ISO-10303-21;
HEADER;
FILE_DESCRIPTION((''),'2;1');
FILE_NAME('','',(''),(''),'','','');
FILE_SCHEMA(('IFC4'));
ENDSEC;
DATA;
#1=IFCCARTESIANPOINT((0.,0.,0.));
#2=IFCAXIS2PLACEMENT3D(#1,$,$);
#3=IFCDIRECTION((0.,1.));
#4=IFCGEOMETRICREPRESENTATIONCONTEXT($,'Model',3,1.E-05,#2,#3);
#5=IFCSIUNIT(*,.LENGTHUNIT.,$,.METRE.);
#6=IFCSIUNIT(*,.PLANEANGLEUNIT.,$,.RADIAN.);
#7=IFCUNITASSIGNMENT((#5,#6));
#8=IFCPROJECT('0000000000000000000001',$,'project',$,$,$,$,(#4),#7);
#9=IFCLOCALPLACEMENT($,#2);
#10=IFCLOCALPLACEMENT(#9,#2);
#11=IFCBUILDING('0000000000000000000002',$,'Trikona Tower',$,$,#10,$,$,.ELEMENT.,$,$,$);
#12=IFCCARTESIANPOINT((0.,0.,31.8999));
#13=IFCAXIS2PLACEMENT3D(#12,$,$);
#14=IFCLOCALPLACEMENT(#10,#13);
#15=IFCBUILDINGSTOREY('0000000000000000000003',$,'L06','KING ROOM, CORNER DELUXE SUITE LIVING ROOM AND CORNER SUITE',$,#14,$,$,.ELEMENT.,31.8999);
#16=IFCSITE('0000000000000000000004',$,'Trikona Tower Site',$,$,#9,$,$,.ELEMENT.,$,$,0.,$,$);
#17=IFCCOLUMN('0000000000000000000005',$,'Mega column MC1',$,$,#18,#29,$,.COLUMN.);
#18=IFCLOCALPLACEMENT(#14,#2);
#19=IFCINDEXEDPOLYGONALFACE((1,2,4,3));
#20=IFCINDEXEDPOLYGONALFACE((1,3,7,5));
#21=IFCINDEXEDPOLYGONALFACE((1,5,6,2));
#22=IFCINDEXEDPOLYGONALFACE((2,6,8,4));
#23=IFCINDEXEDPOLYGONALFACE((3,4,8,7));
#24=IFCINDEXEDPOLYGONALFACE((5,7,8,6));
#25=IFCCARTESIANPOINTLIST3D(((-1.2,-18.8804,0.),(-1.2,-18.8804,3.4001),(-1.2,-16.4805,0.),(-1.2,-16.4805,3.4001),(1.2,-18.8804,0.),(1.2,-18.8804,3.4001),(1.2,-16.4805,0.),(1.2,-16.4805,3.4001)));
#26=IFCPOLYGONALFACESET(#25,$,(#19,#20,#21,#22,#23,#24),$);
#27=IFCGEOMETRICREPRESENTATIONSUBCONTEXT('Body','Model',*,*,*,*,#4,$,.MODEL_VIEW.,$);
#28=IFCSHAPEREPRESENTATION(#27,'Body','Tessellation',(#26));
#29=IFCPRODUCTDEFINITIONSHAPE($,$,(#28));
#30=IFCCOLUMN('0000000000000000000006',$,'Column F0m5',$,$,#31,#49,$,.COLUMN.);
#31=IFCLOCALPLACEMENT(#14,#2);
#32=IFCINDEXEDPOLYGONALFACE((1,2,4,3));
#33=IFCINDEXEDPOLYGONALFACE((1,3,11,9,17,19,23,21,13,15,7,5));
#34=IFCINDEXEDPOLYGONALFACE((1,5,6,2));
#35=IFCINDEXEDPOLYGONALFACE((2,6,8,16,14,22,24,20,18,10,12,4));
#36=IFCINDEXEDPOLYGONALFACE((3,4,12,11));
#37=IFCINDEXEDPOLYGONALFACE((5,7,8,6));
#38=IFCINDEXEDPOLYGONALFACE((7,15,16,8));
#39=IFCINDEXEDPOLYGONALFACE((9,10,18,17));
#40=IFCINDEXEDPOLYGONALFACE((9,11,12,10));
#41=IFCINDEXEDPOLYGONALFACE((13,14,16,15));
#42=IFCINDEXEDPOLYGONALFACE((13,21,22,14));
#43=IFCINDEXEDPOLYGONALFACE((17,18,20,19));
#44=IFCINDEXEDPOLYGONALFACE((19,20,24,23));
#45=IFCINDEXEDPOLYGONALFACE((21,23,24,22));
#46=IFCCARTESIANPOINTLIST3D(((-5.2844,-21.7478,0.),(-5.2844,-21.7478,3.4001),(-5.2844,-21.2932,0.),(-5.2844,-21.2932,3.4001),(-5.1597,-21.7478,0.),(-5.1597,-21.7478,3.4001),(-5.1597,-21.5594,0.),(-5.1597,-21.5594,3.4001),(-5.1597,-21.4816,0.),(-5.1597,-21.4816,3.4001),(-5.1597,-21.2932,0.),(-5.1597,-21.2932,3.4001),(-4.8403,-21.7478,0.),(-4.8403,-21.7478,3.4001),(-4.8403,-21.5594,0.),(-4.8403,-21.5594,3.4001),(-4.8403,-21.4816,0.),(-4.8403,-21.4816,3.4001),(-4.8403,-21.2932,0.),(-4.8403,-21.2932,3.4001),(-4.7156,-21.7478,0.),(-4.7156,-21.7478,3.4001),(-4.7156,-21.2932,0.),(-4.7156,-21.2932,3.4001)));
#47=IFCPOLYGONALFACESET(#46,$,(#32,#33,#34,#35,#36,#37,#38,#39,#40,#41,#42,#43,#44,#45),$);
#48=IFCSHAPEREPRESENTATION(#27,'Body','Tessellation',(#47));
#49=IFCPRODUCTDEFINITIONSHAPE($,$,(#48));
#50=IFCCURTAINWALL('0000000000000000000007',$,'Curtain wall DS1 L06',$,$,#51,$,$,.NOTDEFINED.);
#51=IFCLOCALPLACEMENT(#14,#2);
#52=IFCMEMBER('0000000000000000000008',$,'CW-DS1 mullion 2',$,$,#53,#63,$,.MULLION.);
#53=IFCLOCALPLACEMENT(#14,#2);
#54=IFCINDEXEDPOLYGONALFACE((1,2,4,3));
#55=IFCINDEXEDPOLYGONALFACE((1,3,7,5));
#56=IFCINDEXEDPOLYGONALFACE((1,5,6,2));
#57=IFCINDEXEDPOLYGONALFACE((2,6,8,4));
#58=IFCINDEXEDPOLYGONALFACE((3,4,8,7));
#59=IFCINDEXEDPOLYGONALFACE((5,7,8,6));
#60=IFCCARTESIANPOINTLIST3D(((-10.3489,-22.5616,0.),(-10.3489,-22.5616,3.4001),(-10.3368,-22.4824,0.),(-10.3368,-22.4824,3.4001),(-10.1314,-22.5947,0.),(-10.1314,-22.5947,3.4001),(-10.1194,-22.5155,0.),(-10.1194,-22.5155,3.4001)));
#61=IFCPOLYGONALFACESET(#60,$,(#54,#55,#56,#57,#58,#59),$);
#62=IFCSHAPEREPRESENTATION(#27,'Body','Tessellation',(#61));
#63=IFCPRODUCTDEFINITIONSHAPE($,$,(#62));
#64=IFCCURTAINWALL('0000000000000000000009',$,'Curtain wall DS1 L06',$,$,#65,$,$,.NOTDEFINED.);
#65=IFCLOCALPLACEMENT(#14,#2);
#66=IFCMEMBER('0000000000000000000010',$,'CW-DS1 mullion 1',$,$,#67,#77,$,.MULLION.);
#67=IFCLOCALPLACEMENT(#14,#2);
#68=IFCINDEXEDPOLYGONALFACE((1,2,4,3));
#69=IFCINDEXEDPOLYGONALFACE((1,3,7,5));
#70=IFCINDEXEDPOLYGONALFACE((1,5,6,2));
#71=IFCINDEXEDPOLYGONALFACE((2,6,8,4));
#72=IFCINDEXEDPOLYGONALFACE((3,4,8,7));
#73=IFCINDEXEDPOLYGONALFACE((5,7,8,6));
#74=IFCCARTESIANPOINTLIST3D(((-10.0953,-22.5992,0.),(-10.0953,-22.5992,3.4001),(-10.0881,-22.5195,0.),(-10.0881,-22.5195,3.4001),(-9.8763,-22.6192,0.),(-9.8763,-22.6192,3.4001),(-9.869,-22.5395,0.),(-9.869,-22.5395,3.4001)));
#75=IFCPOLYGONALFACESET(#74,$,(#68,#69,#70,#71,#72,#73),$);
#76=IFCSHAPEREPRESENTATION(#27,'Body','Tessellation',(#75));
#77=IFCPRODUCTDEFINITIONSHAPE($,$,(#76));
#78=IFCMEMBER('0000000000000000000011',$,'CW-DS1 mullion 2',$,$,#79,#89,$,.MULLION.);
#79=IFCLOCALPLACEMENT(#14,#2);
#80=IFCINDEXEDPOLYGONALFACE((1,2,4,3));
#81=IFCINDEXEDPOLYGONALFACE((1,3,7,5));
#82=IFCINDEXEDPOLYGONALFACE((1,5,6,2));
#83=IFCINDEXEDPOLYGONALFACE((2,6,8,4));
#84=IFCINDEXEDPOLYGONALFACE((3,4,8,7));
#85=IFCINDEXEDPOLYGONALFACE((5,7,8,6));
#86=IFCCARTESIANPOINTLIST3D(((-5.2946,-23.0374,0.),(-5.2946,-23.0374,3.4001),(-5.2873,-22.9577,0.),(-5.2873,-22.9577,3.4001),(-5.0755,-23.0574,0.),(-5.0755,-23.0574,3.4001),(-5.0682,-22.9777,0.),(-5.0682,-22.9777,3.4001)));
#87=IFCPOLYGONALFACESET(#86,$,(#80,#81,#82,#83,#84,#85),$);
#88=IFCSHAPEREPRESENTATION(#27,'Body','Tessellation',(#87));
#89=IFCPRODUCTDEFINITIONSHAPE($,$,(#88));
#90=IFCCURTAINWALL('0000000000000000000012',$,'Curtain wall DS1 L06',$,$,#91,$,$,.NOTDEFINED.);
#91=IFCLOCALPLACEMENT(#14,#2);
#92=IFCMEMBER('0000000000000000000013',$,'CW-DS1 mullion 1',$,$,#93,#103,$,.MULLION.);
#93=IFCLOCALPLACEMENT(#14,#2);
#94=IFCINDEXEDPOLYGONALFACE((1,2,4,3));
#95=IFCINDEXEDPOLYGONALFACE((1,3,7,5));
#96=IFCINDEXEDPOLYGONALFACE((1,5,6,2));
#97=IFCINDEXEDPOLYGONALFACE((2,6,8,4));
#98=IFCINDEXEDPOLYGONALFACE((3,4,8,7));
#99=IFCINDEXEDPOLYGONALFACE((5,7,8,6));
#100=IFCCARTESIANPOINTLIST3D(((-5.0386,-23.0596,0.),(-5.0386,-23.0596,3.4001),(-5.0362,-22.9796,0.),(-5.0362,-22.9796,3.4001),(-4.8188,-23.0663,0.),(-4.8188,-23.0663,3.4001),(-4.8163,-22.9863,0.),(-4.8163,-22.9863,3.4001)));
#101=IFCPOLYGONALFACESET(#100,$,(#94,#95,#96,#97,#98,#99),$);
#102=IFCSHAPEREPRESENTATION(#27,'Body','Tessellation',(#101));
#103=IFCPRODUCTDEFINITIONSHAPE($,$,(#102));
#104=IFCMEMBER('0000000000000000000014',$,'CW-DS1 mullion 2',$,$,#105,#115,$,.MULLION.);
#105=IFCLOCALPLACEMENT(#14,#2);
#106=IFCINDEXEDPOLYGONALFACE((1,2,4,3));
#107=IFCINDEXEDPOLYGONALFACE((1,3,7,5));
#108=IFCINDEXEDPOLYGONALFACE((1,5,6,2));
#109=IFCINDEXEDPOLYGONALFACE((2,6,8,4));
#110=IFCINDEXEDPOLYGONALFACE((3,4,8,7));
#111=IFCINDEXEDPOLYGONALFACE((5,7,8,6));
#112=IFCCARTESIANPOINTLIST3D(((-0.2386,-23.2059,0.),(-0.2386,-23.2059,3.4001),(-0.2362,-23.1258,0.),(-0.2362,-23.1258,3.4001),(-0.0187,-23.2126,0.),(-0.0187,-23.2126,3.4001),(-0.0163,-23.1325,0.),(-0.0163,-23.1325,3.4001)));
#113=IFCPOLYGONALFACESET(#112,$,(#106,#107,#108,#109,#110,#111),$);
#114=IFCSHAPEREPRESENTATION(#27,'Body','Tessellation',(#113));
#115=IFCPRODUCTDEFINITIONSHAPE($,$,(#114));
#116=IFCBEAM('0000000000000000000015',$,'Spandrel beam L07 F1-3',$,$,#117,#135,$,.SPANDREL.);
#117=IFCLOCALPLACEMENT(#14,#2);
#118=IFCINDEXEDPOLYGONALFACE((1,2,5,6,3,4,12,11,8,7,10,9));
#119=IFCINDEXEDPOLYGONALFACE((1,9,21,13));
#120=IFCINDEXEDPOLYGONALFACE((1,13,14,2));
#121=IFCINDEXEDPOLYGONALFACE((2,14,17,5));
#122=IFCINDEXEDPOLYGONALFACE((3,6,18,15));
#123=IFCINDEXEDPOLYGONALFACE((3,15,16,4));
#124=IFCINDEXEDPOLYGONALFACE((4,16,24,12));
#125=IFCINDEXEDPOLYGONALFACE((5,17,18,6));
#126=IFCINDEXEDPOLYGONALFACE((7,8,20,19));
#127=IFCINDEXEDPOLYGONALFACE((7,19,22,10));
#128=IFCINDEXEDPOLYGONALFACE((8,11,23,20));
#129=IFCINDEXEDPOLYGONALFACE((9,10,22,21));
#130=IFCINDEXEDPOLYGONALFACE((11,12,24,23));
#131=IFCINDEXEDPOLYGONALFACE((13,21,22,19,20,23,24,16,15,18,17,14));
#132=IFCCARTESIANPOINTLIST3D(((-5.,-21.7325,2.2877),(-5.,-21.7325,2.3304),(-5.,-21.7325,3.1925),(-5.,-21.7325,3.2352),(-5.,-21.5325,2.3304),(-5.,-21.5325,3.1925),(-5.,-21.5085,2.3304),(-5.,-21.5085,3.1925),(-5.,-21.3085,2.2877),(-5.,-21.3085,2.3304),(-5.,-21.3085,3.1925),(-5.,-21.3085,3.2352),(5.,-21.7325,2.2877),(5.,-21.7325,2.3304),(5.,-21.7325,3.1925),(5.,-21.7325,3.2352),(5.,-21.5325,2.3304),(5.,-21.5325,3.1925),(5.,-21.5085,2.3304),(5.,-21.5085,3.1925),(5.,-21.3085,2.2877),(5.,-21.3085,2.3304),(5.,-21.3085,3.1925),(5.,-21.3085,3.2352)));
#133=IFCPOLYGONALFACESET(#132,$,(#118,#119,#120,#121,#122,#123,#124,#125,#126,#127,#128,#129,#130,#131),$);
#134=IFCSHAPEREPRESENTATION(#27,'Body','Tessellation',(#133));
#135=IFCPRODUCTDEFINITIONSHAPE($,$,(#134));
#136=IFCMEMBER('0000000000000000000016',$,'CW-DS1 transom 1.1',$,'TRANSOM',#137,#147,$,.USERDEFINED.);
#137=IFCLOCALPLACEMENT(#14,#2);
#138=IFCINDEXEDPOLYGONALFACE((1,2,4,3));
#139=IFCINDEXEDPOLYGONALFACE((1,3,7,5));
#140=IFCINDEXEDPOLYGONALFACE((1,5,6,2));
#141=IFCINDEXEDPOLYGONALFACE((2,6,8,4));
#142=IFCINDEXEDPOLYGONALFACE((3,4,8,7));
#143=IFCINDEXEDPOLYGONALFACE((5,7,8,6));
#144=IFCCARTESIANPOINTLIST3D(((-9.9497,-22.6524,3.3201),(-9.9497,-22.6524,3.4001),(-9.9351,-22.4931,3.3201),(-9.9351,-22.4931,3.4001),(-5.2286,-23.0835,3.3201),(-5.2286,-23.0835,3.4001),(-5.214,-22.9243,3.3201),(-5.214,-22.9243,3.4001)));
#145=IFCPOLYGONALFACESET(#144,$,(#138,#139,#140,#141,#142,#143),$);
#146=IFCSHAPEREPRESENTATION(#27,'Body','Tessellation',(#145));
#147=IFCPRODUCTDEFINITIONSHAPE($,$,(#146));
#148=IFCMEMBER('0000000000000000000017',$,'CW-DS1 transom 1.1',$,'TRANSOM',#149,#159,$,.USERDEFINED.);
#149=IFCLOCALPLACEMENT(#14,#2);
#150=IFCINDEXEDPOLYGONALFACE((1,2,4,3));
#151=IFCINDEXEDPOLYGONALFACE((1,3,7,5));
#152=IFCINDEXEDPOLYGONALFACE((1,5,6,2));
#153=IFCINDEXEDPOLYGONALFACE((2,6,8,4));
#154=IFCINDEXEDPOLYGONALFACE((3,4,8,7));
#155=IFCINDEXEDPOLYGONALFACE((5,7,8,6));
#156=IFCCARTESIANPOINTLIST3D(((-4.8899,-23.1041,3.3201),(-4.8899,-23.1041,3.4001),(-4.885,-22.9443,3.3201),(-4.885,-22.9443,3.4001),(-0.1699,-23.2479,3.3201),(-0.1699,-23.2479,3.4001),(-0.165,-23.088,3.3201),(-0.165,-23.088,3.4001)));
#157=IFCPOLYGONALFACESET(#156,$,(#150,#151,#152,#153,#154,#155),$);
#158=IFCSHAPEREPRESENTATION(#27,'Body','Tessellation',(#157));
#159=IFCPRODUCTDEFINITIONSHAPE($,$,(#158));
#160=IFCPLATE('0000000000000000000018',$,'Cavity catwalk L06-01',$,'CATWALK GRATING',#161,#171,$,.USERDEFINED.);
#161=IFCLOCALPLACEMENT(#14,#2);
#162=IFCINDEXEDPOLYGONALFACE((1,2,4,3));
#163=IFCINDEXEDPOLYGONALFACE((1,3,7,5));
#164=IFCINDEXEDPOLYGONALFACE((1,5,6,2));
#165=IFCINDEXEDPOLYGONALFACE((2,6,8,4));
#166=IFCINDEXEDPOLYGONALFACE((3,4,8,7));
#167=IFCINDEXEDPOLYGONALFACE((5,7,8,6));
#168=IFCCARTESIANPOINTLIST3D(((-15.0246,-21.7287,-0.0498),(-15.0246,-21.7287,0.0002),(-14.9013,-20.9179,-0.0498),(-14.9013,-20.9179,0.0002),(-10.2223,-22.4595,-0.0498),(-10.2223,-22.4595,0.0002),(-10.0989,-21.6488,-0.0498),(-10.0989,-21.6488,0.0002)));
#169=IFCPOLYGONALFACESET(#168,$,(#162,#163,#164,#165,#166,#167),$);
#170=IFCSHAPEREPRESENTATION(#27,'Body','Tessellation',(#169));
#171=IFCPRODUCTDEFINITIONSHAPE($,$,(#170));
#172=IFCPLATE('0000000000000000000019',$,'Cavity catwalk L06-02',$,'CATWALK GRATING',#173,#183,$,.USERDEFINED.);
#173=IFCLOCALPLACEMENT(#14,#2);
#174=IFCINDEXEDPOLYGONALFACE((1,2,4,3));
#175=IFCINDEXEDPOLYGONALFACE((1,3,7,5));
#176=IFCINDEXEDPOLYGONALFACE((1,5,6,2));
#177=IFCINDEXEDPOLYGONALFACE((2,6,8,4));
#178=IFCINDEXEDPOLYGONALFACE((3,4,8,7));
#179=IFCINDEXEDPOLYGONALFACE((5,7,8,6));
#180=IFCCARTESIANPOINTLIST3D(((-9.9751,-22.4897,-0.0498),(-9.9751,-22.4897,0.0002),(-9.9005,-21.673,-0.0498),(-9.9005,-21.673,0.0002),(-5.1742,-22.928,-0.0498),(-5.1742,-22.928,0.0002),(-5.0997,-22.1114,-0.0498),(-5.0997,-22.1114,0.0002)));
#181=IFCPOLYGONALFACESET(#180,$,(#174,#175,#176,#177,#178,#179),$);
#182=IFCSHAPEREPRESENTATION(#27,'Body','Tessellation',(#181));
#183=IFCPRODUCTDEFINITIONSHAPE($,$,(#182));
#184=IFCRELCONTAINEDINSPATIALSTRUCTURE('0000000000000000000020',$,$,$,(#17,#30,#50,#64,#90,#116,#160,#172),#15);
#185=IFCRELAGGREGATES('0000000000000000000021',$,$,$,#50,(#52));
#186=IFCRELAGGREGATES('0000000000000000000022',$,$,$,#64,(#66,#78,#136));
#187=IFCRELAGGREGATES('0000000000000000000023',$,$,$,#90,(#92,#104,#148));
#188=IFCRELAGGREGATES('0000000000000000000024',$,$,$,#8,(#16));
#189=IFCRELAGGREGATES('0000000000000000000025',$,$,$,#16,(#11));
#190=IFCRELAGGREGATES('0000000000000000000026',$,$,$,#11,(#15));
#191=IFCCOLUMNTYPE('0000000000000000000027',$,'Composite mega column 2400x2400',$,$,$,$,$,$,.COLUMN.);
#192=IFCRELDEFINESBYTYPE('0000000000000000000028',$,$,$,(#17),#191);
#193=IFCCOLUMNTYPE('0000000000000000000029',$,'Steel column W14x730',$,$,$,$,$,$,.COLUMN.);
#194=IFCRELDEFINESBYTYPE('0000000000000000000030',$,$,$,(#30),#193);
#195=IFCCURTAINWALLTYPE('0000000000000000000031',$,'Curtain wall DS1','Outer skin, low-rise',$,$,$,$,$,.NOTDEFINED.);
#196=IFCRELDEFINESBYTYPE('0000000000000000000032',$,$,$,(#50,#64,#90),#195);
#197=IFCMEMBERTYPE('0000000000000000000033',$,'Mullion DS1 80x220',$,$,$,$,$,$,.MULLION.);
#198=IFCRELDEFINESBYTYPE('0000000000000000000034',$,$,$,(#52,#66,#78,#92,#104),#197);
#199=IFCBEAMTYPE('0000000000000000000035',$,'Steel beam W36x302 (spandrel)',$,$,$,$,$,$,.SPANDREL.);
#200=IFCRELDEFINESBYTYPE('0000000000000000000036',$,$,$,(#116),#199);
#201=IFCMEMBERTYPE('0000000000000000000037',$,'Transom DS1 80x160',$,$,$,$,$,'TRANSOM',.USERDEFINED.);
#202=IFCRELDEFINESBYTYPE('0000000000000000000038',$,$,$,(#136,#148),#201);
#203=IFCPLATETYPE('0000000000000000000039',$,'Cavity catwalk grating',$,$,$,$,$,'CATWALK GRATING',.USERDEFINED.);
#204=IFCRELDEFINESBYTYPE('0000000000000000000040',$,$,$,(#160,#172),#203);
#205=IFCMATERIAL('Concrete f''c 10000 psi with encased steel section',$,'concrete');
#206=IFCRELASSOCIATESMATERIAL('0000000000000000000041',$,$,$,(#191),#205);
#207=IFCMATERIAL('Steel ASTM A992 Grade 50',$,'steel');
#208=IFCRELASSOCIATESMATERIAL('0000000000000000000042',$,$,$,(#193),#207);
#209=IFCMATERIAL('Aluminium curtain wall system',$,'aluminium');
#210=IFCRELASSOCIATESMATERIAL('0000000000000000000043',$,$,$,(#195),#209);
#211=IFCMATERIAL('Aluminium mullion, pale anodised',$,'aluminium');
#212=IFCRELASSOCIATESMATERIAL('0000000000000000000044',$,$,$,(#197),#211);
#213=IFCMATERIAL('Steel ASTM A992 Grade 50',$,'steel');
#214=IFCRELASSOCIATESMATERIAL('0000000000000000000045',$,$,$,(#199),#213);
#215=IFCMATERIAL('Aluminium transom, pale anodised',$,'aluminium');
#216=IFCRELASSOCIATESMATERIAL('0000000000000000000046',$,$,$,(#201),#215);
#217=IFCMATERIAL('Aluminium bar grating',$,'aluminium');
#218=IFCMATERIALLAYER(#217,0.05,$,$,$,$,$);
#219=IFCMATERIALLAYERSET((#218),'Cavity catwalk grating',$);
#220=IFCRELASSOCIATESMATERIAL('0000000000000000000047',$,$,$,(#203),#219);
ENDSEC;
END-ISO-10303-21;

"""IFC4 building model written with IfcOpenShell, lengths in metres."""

from ifc_helpers import new_model, si_unit, direction, frame, origin, origin_2d, place, context, subcontext, project, spatial, rectangle, i_section, extrude, material, layer, layer_set, material_profile, profile_set, type_object, element, aggregate, save


model = new_model("IFC4")

# Units and contexts
model_context = context("Model", 3, precision=1e-05, world=origin(), true_north=direction((0.0, 1.0)))
body_context = subcontext(model_context, "Body", "Model", "MODEL_VIEW")
ifc_project = project(units=[si_unit("LENGTHUNIT", "METRE"), si_unit("PLANEANGLEUNIT", "RADIAN")], contexts=[model_context])

# Site, building, storey
site_placement = place(None, origin())
site = spatial("IfcSite", under=ifc_project, at=site_placement, Name="Trikona Tower Site", CompositionType="ELEMENT", RefElevation=0.0)
building_placement = place(site_placement, origin())
building = spatial("IfcBuilding", under=site, at=building_placement, Name="Trikona Tower", CompositionType="ELEMENT")
storey_placement = place(building_placement, frame((0.0, 0.0, 31.8999)))
storey = spatial("IfcBuildingStorey", under=building, at=storey_placement, Name="L06", Description="KING ROOM, CORNER DELUXE SUITE LIVING ROOM AND CORNER SUITE", CompositionType="ELEMENT", Elevation=31.8999)

# Columns
ifc_material_1 = material(Name="Concrete f'c 10000 psi with encased steel section", Category="concrete")
ifc_material_profile_1 = material_profile(ifc_material_1, rectangle(XDim=2.3999, YDim=2.3999, at=origin_2d()), Name="MC2400")
ifc_profile_set_1 = profile_set([ifc_material_profile_1], Name="Concrete f'c 10000 psi with encased steel section")
column_type_1 = type_object("IfcColumnType", Name="Composite mega column 2400x2400", PredefinedType="COLUMN", material=ifc_profile_set_1)
column_1_placement = place(storey_placement, frame((0.0, -17.6804, 0.0), z_axis=(0.0, 0.0, 1.0), x_axis=(0.0, -1.0, 0.0)))
element("IfcColumn", 1, at=column_1_placement, inside=storey, type_object=column_type_1, Name="Mega column MC1", PredefinedType="COLUMN", context=body_context, shape_type="SweptSolid", body=[
    extrude(rectangle(XDim=2.3999, YDim=2.3999, at=origin_2d()), origin(), (0.0, 0.0, 1.0), 3.4001),
])
ifc_material_2 = material(Name="Steel ASTM A992 Grade 50", Category="steel")
ifc_material_profile_2 = material_profile(ifc_material_2, i_section(OverallWidth=0.4546, OverallDepth=0.5688, WebThickness=0.0779, FlangeThickness=0.1248, at=origin_2d()), Name="W14X730")
ifc_profile_set_2 = profile_set([ifc_material_profile_2], Name="Steel ASTM A992 Grade 50")
column_type_2 = type_object("IfcColumnType", Name="Steel column W14x730", PredefinedType="COLUMN", material=ifc_profile_set_2)
column_2_placement = place(storey_placement, frame((-5.0, -21.5205, 0.0), z_axis=(0.0, 0.0, 1.0), x_axis=(0.0, -1.0, 0.0)))
element("IfcColumn", 2, at=column_2_placement, inside=storey, type_object=column_type_2, Name="Column F0m5", PredefinedType="COLUMN", context=body_context, shape_type="SweptSolid", body=[
    extrude(i_section(OverallWidth=0.4546, OverallDepth=0.5688, WebThickness=0.0779, FlangeThickness=0.1248, at=origin_2d()), origin(), (0.0, 0.0, 1.0), 3.4001),
])

# Curtain wall, member
ifc_material_3 = material(Name="Aluminium curtain wall system", Category="aluminium")
curtain_wall_type = type_object("IfcCurtainWallType", Name="Curtain wall DS1", Description="Outer skin, low-rise", PredefinedType="NOTDEFINED", material=ifc_material_3)
curtain_wall_1_placement = place(storey_placement, origin())
curtain_wall_1 = element("IfcCurtainWall", 3, at=curtain_wall_1_placement, inside=storey, type_object=curtain_wall_type, Name="Curtain wall DS1 L06", PredefinedType="NOTDEFINED")
ifc_material_4 = material(Name="Aluminium mullion, pale anodised", Category="aluminium")
ifc_material_profile_3 = material_profile(ifc_material_4, rectangle(XDim=0.0801, YDim=0.22, at=origin_2d()), Name="MUL-DS1")
ifc_profile_set_3 = profile_set([ifc_material_profile_3], Name="Aluminium mullion, pale anodised")
member_type_1 = type_object("IfcMemberType", Name="Mullion DS1 80x220", PredefinedType="MULLION", material=ifc_profile_set_3)
member_1_placement = place(storey_placement, frame((-10.2341, -22.5386, 0.0), z_axis=(0.0, 0.0, 1.0), x_axis=(0.150438, 0.988619, 0.0)))
member_1 = element("IfcMember", 4, at=member_1_placement, type_object=member_type_1, Name="CW-DS1 mullion 2", PredefinedType="MULLION", context=body_context, shape_type="SweptSolid", body=[
    extrude(rectangle(XDim=0.0801, YDim=0.22, at=origin_2d()), origin(), (0.0, 0.0, 1.0), 3.4001),
])

# Curtain walls, members
curtain_wall_2_placement = place(storey_placement, origin())
curtain_wall_2 = element("IfcCurtainWall", 5, at=curtain_wall_2_placement, inside=storey, type_object=curtain_wall_type, Name="Curtain wall DS1 L06", PredefinedType="NOTDEFINED")
member_2_placement = place(storey_placement, frame((-9.9822, -22.5693, 0.0), z_axis=(0.0, 0.0, 1.0), x_axis=(0.090924, 0.995858, 0.0)))
member_2 = element("IfcMember", 6, at=member_2_placement, type_object=member_type_1, Name="CW-DS1 mullion 1", PredefinedType="MULLION", context=body_context, shape_type="SweptSolid", body=[
    extrude(rectangle(XDim=0.0801, YDim=0.22, at=origin_2d()), origin(), (0.0, 0.0, 1.0), 3.4001),
])
member_3_placement = place(storey_placement, frame((-5.1814, -23.0076, 0.0), z_axis=(0.0, 0.0, 1.0), x_axis=(0.090924, 0.995858, 0.0)))
member_3 = element("IfcMember", 7, at=member_3_placement, type_object=member_type_1, Name="CW-DS1 mullion 2", PredefinedType="MULLION", context=body_context, shape_type="SweptSolid", body=[
    extrude(rectangle(XDim=0.0801, YDim=0.22, at=origin_2d()), origin(), (0.0, 0.0, 1.0), 3.4001),
])
curtain_wall_3_placement = place(storey_placement, origin())
curtain_wall_3 = element("IfcCurtainWall", 8, at=curtain_wall_3_placement, inside=storey, type_object=curtain_wall_type, Name="Curtain wall DS1 L06", PredefinedType="NOTDEFINED")
member_4_placement = place(storey_placement, frame((-4.9275, -23.0229, 0.0), z_axis=(0.0, 0.0, 1.0), x_axis=(0.030437, 0.999537, 0.0)))
member_4 = element("IfcMember", 9, at=member_4_placement, type_object=member_type_1, Name="CW-DS1 mullion 1", PredefinedType="MULLION", context=body_context, shape_type="SweptSolid", body=[
    extrude(rectangle(XDim=0.0801, YDim=0.22, at=origin_2d()), origin(), (0.0, 0.0, 1.0), 3.4001),
])
member_5_placement = place(storey_placement, frame((-0.1274, -23.1692, 0.0), z_axis=(0.0, 0.0, 1.0), x_axis=(0.030437, 0.999537, 0.0)))
member_5 = element("IfcMember", 10, at=member_5_placement, type_object=member_type_1, Name="CW-DS1 mullion 2", PredefinedType="MULLION", context=body_context, shape_type="SweptSolid", body=[
    extrude(rectangle(XDim=0.0801, YDim=0.22, at=origin_2d()), origin(), (0.0, 0.0, 1.0), 3.4001),
])

# Beam
ifc_material_5 = material(Name="Steel ASTM A992 Grade 50", Category="steel")
ifc_material_profile_4 = material_profile(ifc_material_5, i_section(OverallWidth=0.4241, OverallDepth=0.9475, WebThickness=0.0239, FlangeThickness=0.0427, at=origin_2d()), Name="W36X302")
ifc_profile_set_4 = profile_set([ifc_material_profile_4], Name="Steel ASTM A992 Grade 50")
beam_type = type_object("IfcBeamType", Name="Steel beam W36x302 (spandrel)", PredefinedType="SPANDREL", material=ifc_profile_set_4)
beam_placement = place(storey_placement, frame((-5.0, -21.5205, 2.7615), z_axis=(1.0, 0.0, 0.0), x_axis=(0.0, 1.0, 0.0)))
element("IfcBeam", 11, at=beam_placement, inside=storey, type_object=beam_type, Name="Spandrel beam L07 F1-3", PredefinedType="SPANDREL", context=body_context, shape_type="SweptSolid", body=[
    extrude(i_section(OverallWidth=0.4241, OverallDepth=0.9475, WebThickness=0.0239, FlangeThickness=0.0427, at=origin_2d()), origin(), (0.0, 0.0, 1.0), 10.0),
])

# Members
ifc_material_6 = material(Name="Aluminium transom, pale anodised", Category="aluminium")
ifc_material_profile_5 = material_profile(ifc_material_6, rectangle(XDim=0.1599, YDim=0.0801, at=origin_2d()), Name="TRN-DS1")
ifc_profile_set_5 = profile_set([ifc_material_profile_5], Name="Aluminium transom, pale anodised")
member_type_2 = type_object("IfcMemberType", Name="Transom DS1 80x160", ElementType="TRANSOM", PredefinedType="USERDEFINED", material=ifc_profile_set_5)
member_6_placement = place(storey_placement, frame((-9.9424, -22.5728, 3.3601), z_axis=(0.995856, -0.090944, 0.0), x_axis=(0.090944, 0.995856, 0.0)))
member_6 = element("IfcMember", 12, at=member_6_placement, type_object=member_type_2, Name="CW-DS1 transom 1.1", ObjectType="TRANSOM", PredefinedType="USERDEFINED", context=body_context, shape_type="SweptSolid", body=[
    extrude(rectangle(XDim=0.1599, YDim=0.0801, at=origin_2d()), origin(), (0.0, 0.0, 1.0), 4.7407),
])
member_7_placement = place(storey_placement, frame((-4.8875, -23.0242, 3.3601), z_axis=(0.999536, -0.030452, 0.0), x_axis=(0.030452, 0.999536, 0.0)))
member_7 = element("IfcMember", 13, at=member_7_placement, type_object=member_type_2, Name="CW-DS1 transom 1.1", ObjectType="TRANSOM", PredefinedType="USERDEFINED", context=body_context, shape_type="SweptSolid", body=[
    extrude(rectangle(XDim=0.1599, YDim=0.0801, at=origin_2d()), origin(), (0.0, 0.0, 1.0), 4.7222),
])

# Plates
ifc_material_7 = material(Name="Aluminium bar grating", Category="aluminium")
ifc_layer_1 = layer(ifc_material_7, 0.05)
ifc_layer_set_1 = layer_set([ifc_layer_1], Name="Cavity catwalk grating")
plate_type_1 = type_object("IfcPlateType", Name="Cavity catwalk grating", ElementType="CATWALK GRATING", PredefinedType="USERDEFINED", material=ifc_layer_set_1)
plate_1_placement = place(storey_placement, frame((-12.5618, -21.6887, -0.0498), z_axis=(0.0, 0.0, 1.0), x_axis=(0.988618, -0.150448, 0.0)))
element("IfcPlate", 14, at=plate_1_placement, inside=storey, type_object=plate_type_1, Name="Cavity catwalk L06-01", ObjectType="CATWALK GRATING", PredefinedType="USERDEFINED", context=body_context, shape_type="SweptSolid", body=[
    extrude(rectangle(XDim=4.8577, YDim=0.8201, at=origin_2d()), origin(), (0.0, 0.0, 1.0), 0.05),
])
plate_2_placement = place(storey_placement, frame((-7.5374, -22.3005, -0.0498), z_axis=(0.0, 0.0, 1.0), x_axis=(0.995858, -0.090921, 0.0)))
element("IfcPlate", 15, at=plate_2_placement, inside=storey, type_object=plate_type_1, Name="Cavity catwalk L06-02", ObjectType="CATWALK GRATING", PredefinedType="USERDEFINED", context=body_context, shape_type="SweptSolid", body=[
    extrude(rectangle(XDim=4.8208, YDim=0.8201, at=origin_2d()), origin(), (0.0, 0.0, 1.0), 0.05),
])

aggregate(curtain_wall_1, [member_1])
aggregate(curtain_wall_2, [member_2, member_3, member_6])
aggregate(curtain_wall_3, [member_4, member_5, member_7])

save(model, "model.ifc")
